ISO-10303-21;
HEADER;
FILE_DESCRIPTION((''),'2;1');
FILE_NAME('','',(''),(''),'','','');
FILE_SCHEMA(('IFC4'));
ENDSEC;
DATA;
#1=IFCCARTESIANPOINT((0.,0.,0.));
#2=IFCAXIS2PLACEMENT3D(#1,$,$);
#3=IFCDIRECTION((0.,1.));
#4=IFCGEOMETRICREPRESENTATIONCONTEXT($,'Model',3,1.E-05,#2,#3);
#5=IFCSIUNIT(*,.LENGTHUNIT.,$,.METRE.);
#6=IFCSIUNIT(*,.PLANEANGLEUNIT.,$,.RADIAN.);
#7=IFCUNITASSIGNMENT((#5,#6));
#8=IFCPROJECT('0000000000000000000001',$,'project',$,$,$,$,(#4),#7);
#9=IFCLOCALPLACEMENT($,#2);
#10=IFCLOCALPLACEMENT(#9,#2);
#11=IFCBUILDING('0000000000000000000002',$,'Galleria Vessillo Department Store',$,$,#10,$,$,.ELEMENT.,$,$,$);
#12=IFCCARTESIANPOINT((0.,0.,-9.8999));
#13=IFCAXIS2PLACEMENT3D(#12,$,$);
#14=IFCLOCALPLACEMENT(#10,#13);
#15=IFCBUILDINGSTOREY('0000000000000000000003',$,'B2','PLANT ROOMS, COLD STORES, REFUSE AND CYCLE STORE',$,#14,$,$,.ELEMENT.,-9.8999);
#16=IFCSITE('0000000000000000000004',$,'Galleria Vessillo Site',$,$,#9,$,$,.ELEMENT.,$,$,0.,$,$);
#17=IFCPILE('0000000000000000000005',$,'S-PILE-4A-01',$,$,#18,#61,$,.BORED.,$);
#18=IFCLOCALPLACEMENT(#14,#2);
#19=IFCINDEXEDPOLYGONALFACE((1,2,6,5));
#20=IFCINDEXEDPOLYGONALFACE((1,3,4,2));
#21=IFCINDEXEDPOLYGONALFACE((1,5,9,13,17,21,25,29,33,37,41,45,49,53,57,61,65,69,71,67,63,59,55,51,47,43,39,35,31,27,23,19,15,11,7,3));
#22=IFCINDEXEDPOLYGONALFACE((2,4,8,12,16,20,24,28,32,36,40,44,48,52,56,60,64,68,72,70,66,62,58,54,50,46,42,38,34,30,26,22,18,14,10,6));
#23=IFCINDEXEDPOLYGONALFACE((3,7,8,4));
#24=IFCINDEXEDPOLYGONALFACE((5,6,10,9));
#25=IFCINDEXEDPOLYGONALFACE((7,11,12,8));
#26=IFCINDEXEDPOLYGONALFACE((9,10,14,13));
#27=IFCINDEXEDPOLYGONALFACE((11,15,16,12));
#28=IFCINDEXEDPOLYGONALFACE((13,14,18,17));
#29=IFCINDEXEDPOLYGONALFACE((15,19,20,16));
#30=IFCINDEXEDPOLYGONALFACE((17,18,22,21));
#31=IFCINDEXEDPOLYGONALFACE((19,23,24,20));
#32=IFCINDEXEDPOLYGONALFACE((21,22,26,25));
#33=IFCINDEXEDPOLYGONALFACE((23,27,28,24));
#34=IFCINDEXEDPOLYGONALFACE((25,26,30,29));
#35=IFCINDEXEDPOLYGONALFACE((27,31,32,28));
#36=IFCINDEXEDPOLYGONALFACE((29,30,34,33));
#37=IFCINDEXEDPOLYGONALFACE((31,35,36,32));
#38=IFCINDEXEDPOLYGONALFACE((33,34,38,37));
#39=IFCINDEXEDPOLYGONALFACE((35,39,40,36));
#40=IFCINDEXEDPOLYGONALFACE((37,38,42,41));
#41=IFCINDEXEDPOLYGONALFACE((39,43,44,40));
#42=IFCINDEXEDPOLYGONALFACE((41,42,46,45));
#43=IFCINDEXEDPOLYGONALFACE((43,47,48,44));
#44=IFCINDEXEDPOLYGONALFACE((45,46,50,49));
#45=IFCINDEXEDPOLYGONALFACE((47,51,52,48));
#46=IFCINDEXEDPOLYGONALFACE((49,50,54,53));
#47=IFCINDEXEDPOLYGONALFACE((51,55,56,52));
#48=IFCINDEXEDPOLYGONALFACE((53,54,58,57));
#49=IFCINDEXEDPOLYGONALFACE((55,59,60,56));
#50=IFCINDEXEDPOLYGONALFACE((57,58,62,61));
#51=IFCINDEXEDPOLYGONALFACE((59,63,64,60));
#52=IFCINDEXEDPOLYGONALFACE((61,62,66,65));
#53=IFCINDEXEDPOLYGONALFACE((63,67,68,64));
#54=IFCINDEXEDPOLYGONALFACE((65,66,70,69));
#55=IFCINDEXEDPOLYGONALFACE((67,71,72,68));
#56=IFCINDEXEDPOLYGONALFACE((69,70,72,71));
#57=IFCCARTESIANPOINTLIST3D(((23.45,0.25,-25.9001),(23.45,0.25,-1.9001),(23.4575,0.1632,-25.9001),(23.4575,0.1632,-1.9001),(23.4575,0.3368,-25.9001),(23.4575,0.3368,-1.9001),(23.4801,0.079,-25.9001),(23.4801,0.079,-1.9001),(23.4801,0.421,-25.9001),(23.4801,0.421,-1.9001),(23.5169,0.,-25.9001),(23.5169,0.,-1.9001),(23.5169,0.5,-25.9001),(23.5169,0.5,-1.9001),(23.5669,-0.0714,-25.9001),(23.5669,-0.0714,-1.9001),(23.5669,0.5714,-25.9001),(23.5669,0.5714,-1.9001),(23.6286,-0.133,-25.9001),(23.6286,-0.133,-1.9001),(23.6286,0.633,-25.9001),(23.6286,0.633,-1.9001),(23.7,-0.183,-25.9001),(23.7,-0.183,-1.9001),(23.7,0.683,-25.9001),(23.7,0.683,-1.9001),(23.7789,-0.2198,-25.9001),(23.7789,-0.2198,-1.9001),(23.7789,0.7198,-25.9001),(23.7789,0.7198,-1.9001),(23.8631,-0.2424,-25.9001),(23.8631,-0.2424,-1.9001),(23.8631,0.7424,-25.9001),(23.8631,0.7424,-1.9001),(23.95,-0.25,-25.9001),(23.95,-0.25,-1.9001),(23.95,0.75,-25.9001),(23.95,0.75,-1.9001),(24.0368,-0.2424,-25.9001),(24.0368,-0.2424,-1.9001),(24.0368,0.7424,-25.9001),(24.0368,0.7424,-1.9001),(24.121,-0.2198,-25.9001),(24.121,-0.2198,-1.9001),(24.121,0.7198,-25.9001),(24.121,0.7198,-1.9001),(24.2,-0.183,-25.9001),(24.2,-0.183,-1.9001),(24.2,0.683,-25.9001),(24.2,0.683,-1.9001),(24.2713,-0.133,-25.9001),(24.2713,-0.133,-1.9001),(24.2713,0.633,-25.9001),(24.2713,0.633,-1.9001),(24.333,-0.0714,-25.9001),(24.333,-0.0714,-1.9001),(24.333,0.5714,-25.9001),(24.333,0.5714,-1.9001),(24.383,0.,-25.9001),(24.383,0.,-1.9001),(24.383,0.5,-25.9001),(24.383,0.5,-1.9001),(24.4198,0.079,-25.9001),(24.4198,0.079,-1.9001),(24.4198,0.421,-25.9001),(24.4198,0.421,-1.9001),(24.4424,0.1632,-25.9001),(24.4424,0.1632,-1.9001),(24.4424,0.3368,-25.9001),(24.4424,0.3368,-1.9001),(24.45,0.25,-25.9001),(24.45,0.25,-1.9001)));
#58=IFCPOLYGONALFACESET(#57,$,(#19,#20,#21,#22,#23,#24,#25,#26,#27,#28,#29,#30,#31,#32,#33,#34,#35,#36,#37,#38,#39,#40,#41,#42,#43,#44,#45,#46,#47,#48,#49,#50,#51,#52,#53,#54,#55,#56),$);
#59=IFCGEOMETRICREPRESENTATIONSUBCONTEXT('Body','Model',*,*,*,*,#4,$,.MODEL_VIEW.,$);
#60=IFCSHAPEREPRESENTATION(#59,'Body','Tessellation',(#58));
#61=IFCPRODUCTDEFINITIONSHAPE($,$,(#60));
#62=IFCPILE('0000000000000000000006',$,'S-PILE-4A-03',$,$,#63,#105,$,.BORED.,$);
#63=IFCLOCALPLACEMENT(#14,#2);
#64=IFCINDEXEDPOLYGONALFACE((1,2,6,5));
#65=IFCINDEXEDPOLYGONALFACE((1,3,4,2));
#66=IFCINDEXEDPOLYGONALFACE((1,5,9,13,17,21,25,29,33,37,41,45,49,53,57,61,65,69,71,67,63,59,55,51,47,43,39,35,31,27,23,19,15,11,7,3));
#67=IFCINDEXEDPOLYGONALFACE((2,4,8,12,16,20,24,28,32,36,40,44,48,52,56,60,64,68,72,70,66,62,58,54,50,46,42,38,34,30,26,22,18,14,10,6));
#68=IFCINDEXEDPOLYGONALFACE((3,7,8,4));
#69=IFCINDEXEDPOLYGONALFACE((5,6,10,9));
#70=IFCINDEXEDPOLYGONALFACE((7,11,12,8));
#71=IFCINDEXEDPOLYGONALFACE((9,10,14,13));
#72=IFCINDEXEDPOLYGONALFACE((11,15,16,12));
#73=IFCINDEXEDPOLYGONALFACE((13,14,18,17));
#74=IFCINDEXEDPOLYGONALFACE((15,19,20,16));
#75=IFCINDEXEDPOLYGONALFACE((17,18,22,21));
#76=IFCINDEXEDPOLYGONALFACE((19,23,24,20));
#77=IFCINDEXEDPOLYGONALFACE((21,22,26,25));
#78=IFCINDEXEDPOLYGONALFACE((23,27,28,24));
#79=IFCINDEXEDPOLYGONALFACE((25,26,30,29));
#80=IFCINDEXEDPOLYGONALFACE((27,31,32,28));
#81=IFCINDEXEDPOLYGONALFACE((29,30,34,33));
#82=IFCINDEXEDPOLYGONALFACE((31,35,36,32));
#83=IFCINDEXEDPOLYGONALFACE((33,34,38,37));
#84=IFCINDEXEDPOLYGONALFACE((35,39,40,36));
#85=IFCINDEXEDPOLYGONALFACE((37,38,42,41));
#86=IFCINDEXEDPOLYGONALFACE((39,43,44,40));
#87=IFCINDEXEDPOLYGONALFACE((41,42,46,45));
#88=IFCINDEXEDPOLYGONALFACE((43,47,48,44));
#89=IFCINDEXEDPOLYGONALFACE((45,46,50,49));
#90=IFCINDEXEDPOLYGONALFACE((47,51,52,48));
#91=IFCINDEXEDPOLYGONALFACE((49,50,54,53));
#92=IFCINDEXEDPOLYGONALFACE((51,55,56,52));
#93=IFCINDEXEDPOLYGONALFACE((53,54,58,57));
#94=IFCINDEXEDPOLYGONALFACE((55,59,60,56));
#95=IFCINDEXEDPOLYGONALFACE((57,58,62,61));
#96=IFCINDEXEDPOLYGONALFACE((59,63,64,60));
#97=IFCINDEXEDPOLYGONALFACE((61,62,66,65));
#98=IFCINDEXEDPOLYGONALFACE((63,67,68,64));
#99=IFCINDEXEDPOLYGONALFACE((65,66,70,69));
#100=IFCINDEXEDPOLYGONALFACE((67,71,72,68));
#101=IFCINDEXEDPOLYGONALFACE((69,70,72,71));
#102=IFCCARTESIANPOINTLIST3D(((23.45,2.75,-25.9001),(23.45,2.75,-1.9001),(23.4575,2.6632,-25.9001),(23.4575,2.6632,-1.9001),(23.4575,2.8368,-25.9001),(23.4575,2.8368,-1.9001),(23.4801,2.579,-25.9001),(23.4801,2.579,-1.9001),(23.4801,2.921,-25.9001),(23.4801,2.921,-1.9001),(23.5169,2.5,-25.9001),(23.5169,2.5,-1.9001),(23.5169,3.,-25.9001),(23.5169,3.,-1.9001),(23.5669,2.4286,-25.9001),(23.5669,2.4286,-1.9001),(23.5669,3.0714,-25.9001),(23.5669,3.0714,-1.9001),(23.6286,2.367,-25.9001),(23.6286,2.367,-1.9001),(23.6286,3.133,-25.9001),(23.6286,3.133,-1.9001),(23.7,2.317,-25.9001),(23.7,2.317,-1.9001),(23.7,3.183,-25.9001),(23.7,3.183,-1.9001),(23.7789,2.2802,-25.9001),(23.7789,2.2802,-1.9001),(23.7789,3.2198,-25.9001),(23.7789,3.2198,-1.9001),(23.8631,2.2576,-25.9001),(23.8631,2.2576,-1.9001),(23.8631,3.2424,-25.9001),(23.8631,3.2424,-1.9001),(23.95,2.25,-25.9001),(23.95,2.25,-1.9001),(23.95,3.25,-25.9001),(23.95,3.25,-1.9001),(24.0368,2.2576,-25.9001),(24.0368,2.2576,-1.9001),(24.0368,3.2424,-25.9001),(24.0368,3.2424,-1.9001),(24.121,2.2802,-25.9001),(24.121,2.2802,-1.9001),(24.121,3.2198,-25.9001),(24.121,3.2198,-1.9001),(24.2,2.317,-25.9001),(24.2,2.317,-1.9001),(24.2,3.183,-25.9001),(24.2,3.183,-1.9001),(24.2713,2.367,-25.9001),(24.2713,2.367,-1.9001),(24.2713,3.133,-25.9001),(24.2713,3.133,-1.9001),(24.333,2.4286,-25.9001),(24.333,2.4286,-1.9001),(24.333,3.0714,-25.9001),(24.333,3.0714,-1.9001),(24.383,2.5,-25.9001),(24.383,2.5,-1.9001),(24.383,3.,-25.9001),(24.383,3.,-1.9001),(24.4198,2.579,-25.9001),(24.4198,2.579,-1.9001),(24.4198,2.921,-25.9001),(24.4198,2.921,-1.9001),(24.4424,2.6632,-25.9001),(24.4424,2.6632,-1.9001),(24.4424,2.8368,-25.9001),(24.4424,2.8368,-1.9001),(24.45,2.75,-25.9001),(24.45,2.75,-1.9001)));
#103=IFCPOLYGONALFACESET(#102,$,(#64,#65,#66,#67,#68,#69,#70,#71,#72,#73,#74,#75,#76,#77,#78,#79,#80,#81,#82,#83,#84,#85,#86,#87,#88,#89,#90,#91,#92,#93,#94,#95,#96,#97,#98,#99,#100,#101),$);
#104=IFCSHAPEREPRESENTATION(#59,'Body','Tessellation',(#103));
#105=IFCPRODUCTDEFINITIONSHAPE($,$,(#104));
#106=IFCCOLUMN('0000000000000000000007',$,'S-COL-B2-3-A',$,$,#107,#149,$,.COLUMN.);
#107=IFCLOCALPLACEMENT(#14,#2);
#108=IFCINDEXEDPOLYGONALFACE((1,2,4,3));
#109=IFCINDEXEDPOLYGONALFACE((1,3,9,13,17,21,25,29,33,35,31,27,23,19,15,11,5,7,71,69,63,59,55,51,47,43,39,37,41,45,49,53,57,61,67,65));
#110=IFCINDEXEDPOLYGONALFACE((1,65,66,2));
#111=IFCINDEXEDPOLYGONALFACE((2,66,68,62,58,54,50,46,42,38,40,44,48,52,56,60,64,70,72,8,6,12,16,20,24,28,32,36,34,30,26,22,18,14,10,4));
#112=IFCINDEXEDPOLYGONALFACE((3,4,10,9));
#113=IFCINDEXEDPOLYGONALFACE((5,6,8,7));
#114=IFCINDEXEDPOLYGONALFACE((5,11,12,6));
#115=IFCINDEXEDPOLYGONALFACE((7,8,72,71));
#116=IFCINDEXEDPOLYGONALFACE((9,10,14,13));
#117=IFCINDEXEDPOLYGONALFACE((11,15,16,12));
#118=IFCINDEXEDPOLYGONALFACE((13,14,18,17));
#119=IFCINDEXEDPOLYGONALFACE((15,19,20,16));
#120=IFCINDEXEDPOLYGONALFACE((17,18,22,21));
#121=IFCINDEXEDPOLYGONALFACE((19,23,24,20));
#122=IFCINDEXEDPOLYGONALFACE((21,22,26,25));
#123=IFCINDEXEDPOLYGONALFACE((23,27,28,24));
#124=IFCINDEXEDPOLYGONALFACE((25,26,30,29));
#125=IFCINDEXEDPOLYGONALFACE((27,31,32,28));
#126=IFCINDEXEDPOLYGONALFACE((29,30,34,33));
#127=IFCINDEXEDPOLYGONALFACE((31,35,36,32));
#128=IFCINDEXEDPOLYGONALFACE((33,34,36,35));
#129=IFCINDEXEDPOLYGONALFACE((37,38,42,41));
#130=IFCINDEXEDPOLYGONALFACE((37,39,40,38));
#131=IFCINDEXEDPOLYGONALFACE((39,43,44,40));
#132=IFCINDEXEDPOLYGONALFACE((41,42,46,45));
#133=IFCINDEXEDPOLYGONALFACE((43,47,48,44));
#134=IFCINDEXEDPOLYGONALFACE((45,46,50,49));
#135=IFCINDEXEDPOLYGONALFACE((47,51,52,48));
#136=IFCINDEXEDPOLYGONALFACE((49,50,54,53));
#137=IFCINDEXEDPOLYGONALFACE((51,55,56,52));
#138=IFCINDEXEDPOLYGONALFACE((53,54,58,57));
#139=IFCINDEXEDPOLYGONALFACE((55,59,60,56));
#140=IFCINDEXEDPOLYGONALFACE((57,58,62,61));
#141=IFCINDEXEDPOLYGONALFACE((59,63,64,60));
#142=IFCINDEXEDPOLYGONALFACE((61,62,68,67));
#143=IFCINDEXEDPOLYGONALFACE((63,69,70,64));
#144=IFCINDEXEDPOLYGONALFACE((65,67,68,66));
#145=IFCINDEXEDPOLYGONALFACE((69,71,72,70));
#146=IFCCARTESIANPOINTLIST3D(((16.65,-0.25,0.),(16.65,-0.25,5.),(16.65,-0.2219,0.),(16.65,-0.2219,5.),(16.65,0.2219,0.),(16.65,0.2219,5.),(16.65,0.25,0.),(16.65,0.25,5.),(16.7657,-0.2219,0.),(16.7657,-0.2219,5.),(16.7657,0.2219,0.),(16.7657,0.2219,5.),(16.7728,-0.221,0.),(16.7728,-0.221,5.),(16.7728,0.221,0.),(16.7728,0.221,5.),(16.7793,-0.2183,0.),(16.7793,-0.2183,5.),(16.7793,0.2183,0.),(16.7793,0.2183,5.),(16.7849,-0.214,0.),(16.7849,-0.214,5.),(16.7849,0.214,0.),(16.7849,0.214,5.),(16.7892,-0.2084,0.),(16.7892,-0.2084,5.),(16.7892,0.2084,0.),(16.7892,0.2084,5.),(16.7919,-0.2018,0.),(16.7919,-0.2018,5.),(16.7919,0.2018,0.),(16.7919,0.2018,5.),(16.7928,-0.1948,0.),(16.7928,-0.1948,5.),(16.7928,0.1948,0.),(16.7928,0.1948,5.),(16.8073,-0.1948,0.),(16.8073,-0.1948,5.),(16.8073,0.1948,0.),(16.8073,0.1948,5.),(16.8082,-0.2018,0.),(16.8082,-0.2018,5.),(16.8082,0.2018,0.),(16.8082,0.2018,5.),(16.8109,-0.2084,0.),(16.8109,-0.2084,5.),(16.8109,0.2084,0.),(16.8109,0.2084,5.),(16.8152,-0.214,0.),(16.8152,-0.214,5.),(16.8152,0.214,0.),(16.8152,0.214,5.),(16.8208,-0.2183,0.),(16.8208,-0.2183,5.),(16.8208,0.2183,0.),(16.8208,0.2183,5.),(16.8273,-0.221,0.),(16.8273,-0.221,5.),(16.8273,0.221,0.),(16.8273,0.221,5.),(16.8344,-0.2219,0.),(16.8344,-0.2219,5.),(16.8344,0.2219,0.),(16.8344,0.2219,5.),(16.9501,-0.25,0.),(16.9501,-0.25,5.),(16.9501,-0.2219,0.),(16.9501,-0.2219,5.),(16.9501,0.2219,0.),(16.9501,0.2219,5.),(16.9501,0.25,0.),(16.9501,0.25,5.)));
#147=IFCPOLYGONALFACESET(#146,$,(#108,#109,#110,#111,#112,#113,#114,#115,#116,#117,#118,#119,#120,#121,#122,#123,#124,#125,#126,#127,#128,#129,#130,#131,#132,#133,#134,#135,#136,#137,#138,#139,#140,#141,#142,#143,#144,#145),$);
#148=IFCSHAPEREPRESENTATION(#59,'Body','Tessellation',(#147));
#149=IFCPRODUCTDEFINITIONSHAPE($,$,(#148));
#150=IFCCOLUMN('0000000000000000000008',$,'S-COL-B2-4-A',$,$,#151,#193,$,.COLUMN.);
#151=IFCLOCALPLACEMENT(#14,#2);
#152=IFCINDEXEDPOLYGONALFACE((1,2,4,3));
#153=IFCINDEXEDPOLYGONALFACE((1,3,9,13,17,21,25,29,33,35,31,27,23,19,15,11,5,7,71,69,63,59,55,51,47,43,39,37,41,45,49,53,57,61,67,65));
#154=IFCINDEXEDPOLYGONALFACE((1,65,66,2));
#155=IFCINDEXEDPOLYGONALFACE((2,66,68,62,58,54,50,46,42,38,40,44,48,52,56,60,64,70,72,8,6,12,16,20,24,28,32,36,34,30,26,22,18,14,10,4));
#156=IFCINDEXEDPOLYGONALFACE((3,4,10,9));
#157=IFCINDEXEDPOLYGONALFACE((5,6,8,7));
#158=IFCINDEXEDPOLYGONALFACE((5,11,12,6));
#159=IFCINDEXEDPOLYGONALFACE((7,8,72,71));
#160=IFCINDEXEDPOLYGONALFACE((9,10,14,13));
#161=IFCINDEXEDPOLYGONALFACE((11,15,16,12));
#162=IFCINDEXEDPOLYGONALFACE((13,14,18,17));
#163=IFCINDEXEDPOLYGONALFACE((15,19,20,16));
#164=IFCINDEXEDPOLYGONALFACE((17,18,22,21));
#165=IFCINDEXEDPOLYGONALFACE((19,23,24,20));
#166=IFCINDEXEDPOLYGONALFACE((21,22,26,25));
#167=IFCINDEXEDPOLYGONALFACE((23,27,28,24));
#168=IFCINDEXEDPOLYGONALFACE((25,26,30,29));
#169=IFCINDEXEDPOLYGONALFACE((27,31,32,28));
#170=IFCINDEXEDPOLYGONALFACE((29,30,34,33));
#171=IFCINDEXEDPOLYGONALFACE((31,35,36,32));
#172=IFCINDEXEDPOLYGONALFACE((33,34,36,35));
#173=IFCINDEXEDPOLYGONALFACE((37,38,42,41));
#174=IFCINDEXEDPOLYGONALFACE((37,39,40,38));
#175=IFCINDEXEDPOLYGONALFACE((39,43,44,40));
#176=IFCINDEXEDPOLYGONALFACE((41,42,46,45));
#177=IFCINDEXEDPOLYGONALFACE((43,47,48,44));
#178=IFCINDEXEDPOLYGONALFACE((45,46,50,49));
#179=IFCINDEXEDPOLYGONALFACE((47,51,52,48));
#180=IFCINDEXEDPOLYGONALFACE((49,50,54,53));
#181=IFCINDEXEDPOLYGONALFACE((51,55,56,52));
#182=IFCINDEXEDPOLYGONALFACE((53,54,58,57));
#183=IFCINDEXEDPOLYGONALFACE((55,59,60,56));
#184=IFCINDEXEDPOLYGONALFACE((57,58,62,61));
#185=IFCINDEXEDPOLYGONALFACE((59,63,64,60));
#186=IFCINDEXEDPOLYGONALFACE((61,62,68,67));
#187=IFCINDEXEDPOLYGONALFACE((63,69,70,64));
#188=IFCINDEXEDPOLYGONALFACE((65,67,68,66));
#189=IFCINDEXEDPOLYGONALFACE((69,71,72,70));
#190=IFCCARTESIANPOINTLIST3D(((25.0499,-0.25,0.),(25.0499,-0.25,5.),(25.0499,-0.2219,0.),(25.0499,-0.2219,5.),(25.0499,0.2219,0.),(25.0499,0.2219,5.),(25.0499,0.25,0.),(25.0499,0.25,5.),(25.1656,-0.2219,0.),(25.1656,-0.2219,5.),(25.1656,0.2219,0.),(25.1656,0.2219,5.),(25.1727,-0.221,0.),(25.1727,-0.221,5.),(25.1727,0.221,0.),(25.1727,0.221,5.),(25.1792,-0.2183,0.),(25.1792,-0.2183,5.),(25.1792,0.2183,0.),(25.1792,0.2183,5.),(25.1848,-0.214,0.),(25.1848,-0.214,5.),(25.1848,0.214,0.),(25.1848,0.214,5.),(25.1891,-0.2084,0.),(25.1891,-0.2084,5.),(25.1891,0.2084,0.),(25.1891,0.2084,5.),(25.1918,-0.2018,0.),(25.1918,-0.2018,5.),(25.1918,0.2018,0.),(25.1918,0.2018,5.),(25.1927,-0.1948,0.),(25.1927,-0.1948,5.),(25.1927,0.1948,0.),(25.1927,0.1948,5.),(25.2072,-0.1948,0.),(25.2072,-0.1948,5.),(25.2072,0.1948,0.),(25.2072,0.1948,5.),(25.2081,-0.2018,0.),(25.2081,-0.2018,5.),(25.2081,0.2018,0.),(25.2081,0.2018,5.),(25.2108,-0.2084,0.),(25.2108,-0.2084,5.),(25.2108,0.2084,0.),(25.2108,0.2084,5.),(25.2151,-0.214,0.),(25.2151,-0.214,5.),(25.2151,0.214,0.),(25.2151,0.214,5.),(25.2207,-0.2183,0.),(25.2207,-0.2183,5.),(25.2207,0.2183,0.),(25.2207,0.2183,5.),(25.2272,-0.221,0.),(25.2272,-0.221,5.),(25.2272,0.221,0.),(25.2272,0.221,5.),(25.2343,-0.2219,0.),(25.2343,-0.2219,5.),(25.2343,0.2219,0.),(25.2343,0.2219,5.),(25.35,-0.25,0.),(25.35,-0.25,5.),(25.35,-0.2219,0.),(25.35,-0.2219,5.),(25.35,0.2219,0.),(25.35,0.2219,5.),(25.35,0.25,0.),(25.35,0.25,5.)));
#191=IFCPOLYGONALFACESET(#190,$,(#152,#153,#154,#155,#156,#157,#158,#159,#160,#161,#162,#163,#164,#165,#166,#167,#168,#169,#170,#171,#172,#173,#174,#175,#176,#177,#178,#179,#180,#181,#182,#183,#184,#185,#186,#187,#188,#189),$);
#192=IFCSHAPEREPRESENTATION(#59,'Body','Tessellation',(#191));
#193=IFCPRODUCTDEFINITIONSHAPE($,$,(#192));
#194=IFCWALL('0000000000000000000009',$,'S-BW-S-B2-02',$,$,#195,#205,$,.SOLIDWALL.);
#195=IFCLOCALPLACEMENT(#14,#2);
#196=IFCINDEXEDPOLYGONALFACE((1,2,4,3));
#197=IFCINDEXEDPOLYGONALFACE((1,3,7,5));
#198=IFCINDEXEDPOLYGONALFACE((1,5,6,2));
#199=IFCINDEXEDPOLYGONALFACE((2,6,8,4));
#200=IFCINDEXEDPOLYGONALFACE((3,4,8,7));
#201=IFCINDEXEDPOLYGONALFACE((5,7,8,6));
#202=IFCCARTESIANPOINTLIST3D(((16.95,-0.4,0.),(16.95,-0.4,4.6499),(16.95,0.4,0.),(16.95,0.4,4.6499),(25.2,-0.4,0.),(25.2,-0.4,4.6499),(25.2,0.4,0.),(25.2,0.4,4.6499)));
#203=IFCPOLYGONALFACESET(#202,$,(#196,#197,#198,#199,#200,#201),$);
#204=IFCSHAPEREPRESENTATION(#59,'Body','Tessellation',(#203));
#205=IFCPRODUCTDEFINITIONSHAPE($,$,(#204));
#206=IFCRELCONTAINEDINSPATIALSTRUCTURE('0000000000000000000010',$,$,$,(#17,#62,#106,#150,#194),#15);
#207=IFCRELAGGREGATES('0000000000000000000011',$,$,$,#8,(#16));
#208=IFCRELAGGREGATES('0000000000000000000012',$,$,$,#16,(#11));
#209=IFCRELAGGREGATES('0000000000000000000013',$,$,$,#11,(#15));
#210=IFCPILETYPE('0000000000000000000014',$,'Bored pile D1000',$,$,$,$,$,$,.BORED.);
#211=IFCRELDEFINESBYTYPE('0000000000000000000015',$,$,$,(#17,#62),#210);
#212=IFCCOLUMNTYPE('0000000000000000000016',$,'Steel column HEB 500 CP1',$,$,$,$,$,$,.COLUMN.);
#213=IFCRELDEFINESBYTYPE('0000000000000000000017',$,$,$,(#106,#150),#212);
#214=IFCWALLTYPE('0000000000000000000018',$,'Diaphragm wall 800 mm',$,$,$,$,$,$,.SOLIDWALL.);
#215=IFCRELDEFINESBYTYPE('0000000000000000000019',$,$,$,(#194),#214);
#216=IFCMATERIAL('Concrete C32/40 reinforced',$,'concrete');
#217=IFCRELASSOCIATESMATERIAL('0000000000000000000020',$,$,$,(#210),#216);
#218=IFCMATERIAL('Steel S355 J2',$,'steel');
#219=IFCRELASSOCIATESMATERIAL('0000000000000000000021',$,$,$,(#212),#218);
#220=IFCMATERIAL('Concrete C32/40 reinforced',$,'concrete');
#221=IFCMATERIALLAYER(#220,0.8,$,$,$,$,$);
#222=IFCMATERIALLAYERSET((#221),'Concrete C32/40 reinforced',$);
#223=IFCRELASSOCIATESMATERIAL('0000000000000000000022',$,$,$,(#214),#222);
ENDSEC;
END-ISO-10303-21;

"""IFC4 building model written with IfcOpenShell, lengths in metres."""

from ifc_helpers import new_model, si_unit, direction, frame, frame_2d, origin, origin_2d, place, context, subcontext, project, spatial, rectangle, circle, i_section, extrude, material, layer, layer_set, material_profile, profile_set, type_object, element, save


model = new_model("IFC4")

# Units and contexts
model_context = context("Model", 3, precision=1e-05, world=origin(), true_north=direction((0.0, 1.0)))
body_context = subcontext(model_context, "Body", "Model", "MODEL_VIEW")
ifc_project = project(units=[si_unit("LENGTHUNIT", "METRE"), si_unit("PLANEANGLEUNIT", "RADIAN")], contexts=[model_context])

# Site, building, storey
site_placement = place(None, origin())
site = spatial("IfcSite", under=ifc_project, at=site_placement, Name="Galleria Vessillo Site", CompositionType="ELEMENT", RefElevation=0.0)
building_placement = place(site_placement, origin())
building = spatial("IfcBuilding", under=site, at=building_placement, Name="Galleria Vessillo Department Store", CompositionType="ELEMENT")
storey_placement = place(building_placement, frame((0.0, 0.0, -9.8999)))
storey = spatial("IfcBuildingStorey", under=building, at=storey_placement, Name="B2", Description="PLANT ROOMS, COLD STORES, REFUSE AND CYCLE STORE", CompositionType="ELEMENT", Elevation=-9.8999)

# Piles
ifc_material_1 = material(Name="Concrete C32/40 reinforced", Category="concrete")
ifc_material_profile_1 = material_profile(ifc_material_1, circle(Radius=0.5, at=origin_2d()), Name="Bored pile D1000")
ifc_profile_set_1 = profile_set([ifc_material_profile_1], Name="Concrete C32/40 reinforced")
pile_type = type_object("IfcPileType", Name="Bored pile D1000", PredefinedType="BORED", material=ifc_profile_set_1)
for number, where, z_axis, x_axis, name in (
    (1, (23.95, 0.25, -1.9001), (0.0, 0.0, -1.0), (1.0, 0.0, 0.0), "S-PILE-4A-01"),
    (2, (23.95, 2.75, -1.9001), (0.0, 0.0, -1.0), (1.0, 0.0, 0.0), "S-PILE-4A-03"),
):
    element("IfcPile", number, at=place(storey_placement, frame(where, z_axis=z_axis, x_axis=x_axis)), inside=storey, type_object=pile_type, Name=name, PredefinedType="BORED", context=body_context, shape_type="SweptSolid", body=[
        extrude(circle(Radius=0.5, at=origin_2d()), origin(), (0.0, 0.0, 1.0), 24.0),
    ])

# Columns
ifc_material_2 = material(Name="Steel S355 J2", Category="steel")
ifc_material_profile_2 = material_profile(ifc_material_2, i_section(OverallWidth=0.3, OverallDepth=0.5, WebThickness=0.0144, FlangeThickness=0.0281, FilletRadius=0.0271, at=origin_2d()), Name="HEB 500")
ifc_profile_set_2 = profile_set([ifc_material_profile_2], Name="Steel S355 J2")
column_type = type_object("IfcColumnType", Name="Steel column HEB 500 CP1", PredefinedType="COLUMN", material=ifc_profile_set_2)
for number, where, z_axis, x_axis, name in (
    (3, (16.8, 0.0, 0.0), (0.0, 0.0, 1.0), (1.0, 0.0, 0.0), "S-COL-B2-3-A"),
    (4, (25.2, 0.0, 0.0), (0.0, 0.0, 1.0), (1.0, 0.0, 0.0), "S-COL-B2-4-A"),
):
    element("IfcColumn", number, at=place(storey_placement, frame(where, z_axis=z_axis, x_axis=x_axis)), inside=storey, type_object=column_type, Name=name, PredefinedType="COLUMN", context=body_context, shape_type="SweptSolid", body=[
        extrude(i_section(OverallWidth=0.3, OverallDepth=0.5, WebThickness=0.0144, FlangeThickness=0.0281, FilletRadius=0.0271, at=origin_2d()), origin(), (0.0, 0.0, 1.0), 5.0),
    ])

# Wall
ifc_material_3 = material(Name="Concrete C32/40 reinforced", Category="concrete")
ifc_layer_1 = layer(ifc_material_3, 0.8)
ifc_layer_set_1 = layer_set([ifc_layer_1], Name="Concrete C32/40 reinforced")
wall_type_1 = type_object("IfcWallType", Name="Diaphragm wall 800 mm", PredefinedType="SOLIDWALL", material=ifc_layer_set_1)
wall_1_placement = place(storey_placement, frame((16.95, 0.0, 0.0), z_axis=(0.0, 0.0, 1.0), x_axis=(1.0, 0.0, 0.0)))
element("IfcWall", 5, at=wall_1_placement, inside=storey, type_object=wall_type_1, Name="S-BW-S-B2-02", PredefinedType="SOLIDWALL", context=body_context, shape_type="SweptSolid", body=[
    extrude(rectangle(XDim=8.25, YDim=0.8, at=frame_2d((4.125, 0.0))), origin(), (0.0, 0.0, 1.0), 4.6499),
])

save(model, "model.ifc")
